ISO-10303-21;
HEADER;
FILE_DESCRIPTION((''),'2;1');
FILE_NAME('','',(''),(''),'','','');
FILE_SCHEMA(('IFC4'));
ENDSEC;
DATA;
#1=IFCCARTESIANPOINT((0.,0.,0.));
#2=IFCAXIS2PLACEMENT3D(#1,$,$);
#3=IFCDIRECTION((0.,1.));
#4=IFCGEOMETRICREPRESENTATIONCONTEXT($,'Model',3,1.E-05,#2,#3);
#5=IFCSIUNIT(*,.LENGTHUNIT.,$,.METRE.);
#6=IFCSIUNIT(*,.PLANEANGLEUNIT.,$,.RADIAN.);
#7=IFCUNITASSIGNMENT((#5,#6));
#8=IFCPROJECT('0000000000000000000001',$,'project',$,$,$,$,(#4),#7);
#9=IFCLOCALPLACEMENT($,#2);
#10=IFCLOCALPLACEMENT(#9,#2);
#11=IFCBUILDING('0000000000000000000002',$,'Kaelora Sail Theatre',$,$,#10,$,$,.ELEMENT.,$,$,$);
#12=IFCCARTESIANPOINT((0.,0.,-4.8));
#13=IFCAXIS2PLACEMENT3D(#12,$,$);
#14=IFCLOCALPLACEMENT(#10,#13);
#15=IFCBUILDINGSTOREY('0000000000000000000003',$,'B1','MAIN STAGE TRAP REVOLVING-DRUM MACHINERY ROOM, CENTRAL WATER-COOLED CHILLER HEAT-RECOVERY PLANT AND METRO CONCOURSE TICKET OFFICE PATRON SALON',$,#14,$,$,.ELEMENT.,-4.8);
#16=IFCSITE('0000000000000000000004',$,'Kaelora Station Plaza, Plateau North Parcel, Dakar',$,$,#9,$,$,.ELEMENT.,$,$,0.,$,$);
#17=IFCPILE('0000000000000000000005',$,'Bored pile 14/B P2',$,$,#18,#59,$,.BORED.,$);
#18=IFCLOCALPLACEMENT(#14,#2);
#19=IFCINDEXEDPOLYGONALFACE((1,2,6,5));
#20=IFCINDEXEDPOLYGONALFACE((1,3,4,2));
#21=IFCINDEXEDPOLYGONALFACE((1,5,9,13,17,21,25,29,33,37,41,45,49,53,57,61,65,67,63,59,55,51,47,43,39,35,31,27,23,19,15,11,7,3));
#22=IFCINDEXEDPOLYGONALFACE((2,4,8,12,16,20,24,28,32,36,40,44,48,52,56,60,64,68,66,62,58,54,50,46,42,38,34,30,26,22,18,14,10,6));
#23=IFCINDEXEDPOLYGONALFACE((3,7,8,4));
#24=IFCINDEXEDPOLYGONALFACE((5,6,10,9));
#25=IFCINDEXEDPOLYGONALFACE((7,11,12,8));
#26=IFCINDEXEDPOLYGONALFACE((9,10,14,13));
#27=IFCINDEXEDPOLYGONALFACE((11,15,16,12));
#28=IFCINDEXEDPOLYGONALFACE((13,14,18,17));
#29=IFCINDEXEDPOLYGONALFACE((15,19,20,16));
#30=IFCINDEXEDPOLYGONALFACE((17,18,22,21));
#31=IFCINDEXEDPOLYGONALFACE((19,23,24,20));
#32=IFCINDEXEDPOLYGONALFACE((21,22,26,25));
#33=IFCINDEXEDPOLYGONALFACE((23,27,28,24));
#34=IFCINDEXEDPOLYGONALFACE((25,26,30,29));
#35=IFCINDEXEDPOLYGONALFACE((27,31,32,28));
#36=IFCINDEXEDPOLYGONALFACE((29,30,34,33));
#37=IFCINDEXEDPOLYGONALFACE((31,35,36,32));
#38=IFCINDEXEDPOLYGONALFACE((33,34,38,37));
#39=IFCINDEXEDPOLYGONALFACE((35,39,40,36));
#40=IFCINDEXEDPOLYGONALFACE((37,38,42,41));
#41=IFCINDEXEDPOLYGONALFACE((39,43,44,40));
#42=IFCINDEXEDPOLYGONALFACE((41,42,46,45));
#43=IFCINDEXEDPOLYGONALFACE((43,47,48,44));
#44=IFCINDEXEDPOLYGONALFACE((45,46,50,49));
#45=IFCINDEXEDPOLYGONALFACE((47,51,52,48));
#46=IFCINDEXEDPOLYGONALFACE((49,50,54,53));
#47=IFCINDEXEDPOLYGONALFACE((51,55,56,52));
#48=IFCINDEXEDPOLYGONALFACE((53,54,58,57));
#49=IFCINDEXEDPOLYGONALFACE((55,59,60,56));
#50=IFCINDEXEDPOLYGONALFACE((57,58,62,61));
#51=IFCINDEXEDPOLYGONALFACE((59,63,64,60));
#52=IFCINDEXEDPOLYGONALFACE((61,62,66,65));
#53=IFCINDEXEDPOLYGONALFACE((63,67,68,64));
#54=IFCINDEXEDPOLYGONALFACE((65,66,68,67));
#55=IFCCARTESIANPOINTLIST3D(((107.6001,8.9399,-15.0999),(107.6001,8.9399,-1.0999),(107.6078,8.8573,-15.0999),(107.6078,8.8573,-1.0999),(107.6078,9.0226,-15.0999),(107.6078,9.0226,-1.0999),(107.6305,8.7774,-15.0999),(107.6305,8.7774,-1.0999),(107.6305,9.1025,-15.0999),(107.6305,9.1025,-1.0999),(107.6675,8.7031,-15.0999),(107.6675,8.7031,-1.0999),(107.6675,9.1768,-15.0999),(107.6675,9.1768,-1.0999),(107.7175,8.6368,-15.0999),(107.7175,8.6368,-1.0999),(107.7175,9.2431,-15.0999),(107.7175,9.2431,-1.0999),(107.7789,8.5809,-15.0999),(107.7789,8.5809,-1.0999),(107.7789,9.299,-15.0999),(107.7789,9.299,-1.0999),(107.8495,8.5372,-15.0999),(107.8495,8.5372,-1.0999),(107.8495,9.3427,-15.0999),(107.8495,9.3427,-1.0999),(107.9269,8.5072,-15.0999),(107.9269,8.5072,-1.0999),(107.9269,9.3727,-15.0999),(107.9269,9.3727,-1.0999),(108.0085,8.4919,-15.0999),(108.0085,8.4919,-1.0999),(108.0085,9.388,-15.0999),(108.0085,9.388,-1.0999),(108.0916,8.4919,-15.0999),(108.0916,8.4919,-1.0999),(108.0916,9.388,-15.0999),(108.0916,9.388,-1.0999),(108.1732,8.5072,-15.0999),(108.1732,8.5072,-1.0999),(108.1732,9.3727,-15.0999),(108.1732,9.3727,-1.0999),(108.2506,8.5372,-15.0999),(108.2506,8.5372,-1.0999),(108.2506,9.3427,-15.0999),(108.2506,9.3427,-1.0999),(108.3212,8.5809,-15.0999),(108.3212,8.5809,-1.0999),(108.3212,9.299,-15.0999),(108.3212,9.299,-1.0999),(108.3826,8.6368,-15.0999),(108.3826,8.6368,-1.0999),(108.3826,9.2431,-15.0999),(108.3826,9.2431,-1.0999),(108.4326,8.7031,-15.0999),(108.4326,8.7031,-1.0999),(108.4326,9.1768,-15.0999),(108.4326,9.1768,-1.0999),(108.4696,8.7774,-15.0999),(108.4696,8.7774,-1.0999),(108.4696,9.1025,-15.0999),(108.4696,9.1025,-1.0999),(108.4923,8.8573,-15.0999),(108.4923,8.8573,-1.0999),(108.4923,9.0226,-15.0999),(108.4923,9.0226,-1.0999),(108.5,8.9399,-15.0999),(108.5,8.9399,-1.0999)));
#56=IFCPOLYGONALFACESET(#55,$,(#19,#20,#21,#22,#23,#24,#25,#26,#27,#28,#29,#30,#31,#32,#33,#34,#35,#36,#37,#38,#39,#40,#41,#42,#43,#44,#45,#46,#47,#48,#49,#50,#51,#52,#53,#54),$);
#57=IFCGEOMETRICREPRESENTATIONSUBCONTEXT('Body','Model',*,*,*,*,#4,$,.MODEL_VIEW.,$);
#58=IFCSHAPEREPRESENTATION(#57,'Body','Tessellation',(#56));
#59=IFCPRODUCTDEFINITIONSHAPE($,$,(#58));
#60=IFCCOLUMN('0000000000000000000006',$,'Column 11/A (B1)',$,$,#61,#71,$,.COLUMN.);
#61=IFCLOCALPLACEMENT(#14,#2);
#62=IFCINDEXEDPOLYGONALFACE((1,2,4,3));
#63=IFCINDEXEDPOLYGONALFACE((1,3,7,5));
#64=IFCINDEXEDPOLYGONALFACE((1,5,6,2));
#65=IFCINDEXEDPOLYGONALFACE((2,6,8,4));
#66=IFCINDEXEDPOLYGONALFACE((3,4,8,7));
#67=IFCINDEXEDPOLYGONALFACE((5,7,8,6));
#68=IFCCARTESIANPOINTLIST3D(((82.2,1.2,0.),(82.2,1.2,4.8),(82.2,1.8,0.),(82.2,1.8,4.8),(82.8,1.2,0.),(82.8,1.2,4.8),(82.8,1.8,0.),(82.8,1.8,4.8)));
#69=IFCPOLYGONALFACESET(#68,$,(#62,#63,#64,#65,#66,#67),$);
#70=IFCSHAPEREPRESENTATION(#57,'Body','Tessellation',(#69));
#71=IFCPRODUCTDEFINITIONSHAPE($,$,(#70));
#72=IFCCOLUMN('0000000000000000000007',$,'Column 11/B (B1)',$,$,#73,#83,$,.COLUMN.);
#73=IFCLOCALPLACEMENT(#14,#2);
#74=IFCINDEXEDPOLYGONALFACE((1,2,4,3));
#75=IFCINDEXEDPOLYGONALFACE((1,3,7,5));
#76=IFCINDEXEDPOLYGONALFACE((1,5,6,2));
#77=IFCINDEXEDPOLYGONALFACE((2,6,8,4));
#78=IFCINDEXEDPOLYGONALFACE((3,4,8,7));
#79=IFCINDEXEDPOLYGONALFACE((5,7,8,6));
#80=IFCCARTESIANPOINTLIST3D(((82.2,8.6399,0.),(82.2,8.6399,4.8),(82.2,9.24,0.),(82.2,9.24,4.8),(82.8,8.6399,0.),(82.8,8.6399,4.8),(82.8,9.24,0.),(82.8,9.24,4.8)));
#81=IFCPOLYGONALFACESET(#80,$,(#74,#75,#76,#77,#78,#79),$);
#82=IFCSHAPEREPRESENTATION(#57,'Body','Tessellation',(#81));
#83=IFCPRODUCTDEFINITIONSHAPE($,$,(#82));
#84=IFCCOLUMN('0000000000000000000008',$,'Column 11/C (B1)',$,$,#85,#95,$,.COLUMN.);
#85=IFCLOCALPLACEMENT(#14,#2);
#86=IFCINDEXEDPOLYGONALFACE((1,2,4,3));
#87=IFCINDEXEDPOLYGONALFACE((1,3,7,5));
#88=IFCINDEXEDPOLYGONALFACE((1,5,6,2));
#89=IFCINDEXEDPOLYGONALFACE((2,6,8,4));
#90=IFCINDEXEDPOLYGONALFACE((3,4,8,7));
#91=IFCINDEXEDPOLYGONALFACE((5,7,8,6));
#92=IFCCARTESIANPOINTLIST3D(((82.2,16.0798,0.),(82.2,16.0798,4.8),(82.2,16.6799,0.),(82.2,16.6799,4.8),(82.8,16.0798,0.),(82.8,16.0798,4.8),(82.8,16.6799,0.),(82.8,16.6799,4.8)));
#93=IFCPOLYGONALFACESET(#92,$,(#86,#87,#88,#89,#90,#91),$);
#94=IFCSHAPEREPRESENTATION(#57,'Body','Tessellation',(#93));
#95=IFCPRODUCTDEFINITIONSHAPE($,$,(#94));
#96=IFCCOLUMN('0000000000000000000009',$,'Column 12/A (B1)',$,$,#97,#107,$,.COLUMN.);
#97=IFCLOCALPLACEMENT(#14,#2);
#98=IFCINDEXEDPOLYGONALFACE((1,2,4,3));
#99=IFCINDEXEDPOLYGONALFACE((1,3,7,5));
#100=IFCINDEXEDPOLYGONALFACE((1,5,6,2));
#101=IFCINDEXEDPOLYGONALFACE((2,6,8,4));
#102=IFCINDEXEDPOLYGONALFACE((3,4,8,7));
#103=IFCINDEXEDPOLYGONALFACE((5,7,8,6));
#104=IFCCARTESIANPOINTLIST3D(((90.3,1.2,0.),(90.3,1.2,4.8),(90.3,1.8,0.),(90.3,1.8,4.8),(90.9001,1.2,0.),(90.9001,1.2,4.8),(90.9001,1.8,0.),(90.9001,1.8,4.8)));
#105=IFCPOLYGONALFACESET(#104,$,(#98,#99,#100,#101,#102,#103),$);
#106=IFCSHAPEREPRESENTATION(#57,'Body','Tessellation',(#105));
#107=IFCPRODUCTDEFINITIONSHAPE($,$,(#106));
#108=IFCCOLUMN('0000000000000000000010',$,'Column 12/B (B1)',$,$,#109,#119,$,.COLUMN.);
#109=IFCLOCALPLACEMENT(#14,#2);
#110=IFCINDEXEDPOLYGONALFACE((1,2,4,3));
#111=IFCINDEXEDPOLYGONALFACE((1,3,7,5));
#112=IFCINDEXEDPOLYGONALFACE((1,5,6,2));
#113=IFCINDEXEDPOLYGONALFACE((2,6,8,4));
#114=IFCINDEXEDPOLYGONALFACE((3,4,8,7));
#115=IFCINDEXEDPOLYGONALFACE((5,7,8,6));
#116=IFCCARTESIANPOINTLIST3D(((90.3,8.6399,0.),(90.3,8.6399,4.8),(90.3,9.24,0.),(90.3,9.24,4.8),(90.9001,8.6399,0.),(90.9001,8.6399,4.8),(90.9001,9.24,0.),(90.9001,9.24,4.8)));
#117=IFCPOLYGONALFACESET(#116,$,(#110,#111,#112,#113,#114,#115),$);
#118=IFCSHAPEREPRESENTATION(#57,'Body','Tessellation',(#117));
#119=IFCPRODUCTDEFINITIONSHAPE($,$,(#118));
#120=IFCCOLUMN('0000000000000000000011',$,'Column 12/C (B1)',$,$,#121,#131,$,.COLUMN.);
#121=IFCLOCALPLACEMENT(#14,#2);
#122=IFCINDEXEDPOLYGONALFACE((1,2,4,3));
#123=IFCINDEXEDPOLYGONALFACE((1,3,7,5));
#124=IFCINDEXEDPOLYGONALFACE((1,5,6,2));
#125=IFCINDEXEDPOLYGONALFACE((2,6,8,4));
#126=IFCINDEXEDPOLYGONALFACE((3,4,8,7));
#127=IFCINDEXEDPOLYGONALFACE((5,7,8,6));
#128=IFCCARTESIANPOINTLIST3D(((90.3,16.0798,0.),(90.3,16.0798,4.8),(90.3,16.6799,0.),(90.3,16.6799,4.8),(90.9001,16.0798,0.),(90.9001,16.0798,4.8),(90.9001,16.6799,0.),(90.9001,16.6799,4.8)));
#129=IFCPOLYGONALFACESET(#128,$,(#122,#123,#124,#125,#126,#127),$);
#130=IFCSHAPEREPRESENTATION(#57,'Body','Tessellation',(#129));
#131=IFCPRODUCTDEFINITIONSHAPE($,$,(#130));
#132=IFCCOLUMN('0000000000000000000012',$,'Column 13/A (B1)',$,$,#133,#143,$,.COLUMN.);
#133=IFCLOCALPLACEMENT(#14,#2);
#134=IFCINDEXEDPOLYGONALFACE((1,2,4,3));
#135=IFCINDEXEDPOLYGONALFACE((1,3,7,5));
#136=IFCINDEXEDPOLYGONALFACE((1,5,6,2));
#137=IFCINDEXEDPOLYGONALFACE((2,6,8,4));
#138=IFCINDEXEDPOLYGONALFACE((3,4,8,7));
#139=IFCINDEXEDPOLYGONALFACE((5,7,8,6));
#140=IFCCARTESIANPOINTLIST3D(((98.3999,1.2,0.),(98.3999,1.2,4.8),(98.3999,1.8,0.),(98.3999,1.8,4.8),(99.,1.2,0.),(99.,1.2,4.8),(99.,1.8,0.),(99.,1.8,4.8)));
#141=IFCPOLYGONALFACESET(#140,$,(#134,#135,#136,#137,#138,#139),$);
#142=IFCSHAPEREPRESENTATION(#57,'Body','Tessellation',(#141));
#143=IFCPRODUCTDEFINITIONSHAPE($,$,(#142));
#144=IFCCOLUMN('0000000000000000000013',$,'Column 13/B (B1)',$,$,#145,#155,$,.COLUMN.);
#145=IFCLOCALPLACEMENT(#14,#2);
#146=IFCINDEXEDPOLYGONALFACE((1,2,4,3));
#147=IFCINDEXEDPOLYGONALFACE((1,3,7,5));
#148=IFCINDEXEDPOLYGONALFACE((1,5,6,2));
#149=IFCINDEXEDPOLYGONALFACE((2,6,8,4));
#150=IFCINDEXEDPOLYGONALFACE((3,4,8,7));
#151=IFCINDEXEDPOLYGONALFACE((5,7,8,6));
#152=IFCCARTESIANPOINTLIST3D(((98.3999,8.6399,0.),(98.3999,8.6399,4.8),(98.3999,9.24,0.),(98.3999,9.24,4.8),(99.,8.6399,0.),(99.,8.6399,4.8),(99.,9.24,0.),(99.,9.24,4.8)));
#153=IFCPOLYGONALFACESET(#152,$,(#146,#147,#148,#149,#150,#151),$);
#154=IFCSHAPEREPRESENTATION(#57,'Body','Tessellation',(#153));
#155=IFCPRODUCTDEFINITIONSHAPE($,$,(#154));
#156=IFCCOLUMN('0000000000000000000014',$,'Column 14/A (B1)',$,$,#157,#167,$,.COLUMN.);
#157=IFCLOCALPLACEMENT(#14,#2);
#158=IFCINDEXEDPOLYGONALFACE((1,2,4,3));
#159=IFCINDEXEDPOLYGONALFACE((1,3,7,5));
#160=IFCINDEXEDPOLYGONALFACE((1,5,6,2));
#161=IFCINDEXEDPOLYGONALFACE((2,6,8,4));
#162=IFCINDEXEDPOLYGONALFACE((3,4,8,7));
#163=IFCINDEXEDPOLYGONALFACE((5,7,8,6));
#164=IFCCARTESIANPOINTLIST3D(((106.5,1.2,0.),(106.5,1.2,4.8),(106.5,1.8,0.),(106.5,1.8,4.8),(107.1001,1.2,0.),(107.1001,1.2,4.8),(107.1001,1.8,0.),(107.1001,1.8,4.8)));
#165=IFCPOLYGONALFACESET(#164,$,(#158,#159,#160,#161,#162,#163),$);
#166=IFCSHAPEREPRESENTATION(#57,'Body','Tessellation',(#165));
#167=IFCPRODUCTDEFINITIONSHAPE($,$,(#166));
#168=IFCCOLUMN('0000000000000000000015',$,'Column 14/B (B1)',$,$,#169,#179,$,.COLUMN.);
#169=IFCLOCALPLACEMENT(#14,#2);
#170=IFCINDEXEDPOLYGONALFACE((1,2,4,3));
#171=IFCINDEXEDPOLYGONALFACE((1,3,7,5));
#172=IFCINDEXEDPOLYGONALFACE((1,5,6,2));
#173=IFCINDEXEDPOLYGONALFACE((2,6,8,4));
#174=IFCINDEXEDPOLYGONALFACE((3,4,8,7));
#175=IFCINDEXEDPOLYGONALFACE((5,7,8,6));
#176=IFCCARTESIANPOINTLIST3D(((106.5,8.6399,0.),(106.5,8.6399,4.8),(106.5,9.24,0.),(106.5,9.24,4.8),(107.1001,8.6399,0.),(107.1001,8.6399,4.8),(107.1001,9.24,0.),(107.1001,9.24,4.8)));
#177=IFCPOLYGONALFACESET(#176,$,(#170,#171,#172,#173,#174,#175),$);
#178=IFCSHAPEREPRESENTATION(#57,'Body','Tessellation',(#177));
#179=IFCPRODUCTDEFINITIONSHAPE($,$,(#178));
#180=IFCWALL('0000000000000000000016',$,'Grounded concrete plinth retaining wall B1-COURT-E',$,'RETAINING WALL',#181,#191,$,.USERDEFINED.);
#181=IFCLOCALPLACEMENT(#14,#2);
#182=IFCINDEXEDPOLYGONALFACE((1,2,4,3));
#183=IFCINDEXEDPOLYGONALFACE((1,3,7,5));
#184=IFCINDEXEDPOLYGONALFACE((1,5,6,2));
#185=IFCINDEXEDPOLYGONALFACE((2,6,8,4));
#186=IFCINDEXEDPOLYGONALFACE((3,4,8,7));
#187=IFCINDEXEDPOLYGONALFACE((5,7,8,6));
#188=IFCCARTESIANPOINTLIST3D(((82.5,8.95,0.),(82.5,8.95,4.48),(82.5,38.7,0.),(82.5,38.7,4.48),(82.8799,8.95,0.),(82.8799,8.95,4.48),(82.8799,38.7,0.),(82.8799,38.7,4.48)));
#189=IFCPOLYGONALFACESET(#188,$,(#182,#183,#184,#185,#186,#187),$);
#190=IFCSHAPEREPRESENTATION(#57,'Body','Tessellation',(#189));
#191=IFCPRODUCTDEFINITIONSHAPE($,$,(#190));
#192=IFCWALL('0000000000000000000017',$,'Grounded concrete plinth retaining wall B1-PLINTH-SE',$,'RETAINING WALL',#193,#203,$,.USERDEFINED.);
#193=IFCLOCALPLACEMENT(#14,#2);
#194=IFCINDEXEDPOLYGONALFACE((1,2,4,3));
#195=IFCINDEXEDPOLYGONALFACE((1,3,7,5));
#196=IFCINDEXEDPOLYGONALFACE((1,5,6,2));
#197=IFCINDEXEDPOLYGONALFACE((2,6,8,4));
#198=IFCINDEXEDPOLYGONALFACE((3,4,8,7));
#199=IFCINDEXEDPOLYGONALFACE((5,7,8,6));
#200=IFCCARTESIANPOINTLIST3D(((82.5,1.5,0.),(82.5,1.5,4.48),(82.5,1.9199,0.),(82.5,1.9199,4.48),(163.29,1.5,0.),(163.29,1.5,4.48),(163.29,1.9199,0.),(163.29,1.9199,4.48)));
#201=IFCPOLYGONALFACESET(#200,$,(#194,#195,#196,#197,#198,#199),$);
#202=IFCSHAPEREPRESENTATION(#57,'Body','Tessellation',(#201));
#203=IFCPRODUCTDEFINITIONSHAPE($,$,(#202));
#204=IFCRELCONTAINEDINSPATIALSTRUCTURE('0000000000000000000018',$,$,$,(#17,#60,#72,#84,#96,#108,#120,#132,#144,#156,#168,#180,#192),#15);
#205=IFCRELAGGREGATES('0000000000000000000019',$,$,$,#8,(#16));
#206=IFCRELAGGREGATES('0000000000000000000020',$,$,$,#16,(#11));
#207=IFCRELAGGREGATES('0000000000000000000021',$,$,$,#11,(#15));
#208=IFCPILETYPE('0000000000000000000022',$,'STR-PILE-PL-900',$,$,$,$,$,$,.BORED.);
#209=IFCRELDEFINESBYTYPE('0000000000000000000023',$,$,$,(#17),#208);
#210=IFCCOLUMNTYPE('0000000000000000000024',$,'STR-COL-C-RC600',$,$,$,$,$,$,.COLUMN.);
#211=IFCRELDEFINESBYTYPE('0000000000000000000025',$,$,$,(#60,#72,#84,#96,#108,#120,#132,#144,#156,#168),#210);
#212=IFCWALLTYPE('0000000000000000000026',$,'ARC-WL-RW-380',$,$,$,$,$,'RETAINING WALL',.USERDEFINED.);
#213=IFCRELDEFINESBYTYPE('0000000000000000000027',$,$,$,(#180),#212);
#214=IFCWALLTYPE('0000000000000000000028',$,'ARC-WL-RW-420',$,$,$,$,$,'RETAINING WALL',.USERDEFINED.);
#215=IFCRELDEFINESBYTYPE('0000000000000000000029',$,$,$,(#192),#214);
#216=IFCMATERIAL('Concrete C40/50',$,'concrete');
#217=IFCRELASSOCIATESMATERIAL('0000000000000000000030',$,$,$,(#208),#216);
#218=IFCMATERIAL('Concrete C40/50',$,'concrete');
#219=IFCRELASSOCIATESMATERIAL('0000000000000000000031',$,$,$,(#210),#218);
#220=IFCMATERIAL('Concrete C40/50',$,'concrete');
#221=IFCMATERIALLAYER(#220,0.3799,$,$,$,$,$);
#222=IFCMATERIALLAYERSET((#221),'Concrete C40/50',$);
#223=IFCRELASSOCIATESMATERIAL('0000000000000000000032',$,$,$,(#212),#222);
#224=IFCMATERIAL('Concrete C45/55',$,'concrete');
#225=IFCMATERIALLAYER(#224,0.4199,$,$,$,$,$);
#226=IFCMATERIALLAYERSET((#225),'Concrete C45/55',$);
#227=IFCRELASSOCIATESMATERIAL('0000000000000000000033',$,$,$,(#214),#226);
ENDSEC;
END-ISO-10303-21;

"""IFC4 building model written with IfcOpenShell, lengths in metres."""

from ifc_helpers import new_model, si_unit, direction, frame, frame_2d, origin, origin_2d, place, context, subcontext, project, spatial, rectangle, circle, extrude, material, layer, layer_set, material_profile, profile_set, type_object, element, save


model = new_model("IFC4")

# Units and contexts
model_context = context("Model", 3, precision=1e-05, world=origin(), true_north=direction((0.0, 1.0)))
body_context = subcontext(model_context, "Body", "Model", "MODEL_VIEW")
ifc_project = project(units=[si_unit("LENGTHUNIT", "METRE"), si_unit("PLANEANGLEUNIT", "RADIAN")], contexts=[model_context])

# Site, building, storey
site_placement = place(None, origin())
site = spatial("IfcSite", under=ifc_project, at=site_placement, Name="Kaelora Station Plaza, Plateau North Parcel, Dakar", CompositionType="ELEMENT", RefElevation=0.0)
building_placement = place(site_placement, origin())
building = spatial("IfcBuilding", under=site, at=building_placement, Name="Kaelora Sail Theatre", CompositionType="ELEMENT")
storey_placement = place(building_placement, frame((0.0, 0.0, -4.8)))
storey = spatial("IfcBuildingStorey", under=building, at=storey_placement, Name="B1", Description="MAIN STAGE TRAP REVOLVING-DRUM MACHINERY ROOM, CENTRAL WATER-COOLED CHILLER HEAT-RECOVERY PLANT AND METRO CONCOURSE TICKET OFFICE PATRON SALON", CompositionType="ELEMENT", Elevation=-4.8)

# Pile
ifc_material_1 = material(Name="Concrete C40/50", Category="concrete")
ifc_material_profile_1 = material_profile(ifc_material_1, circle(Radius=0.45, at=origin_2d()), Name="PILE D900")
ifc_profile_set_1 = profile_set([ifc_material_profile_1], Name="Concrete C40/50")
pile_type = type_object("IfcPileType", Name="STR-PILE-PL-900", PredefinedType="BORED", material=ifc_profile_set_1)
for number, where, z_axis, x_axis, name in (
    (1, (108.05, 8.9399, -1.0999), (0.0, 0.0, -1.0), (1.0, 0.0, 0.0), "Bored pile 14/B P2"),
):
    element("IfcPile", number, at=place(storey_placement, frame(where, z_axis=z_axis, x_axis=x_axis)), inside=storey, type_object=pile_type, Name=name, PredefinedType="BORED", context=body_context, shape_type="SweptSolid", body=[
        extrude(circle(Radius=0.45, at=origin_2d()), origin(), (0.0, 0.0, 1.0), 14.0),
    ])

# Columns
ifc_material_2 = material(Name="Concrete C40/50", Category="concrete")
ifc_material_profile_2 = material_profile(ifc_material_2, rectangle(XDim=0.6001, YDim=0.6001, at=origin_2d()), Name="RC-COL 600x600")
ifc_profile_set_2 = profile_set([ifc_material_profile_2], Name="Concrete C40/50")
column_type = type_object("IfcColumnType", Name="STR-COL-C-RC600", PredefinedType="COLUMN", material=ifc_profile_set_2)
for number, where, z_axis, x_axis, name in (
    (2, (82.5, 1.5, 0.0), (0.0, 0.0, 1.0), (1.0, 0.0, 0.0), "Column 11/A (B1)"),
    (3, (82.5, 8.9399, 0.0), (0.0, 0.0, 1.0), (1.0, 0.0, 0.0), "Column 11/B (B1)"),
    (4, (82.5, 16.3799, 0.0), (0.0, 0.0, 1.0), (1.0, 0.0, 0.0), "Column 11/C (B1)"),
    (5, (90.6001, 1.5, 0.0), (0.0, 0.0, 1.0), (1.0, 0.0, 0.0), "Column 12/A (B1)"),
    (6, (90.6001, 8.9399, 0.0), (0.0, 0.0, 1.0), (1.0, 0.0, 0.0), "Column 12/B (B1)"),
    (7, (90.6001, 16.3799, 0.0), (0.0, 0.0, 1.0), (1.0, 0.0, 0.0), "Column 12/C (B1)"),
    (8, (98.7, 1.5, 0.0), (0.0, 0.0, 1.0), (1.0, 0.0, 0.0), "Column 13/A (B1)"),
    (9, (98.7, 8.9399, 0.0), (0.0, 0.0, 1.0), (1.0, 0.0, 0.0), "Column 13/B (B1)"),
    (10, (106.8, 1.5, 0.0), (0.0, 0.0, 1.0), (1.0, 0.0, 0.0), "Column 14/A (B1)"),
    (11, (106.8, 8.9399, 0.0), (0.0, 0.0, 1.0), (1.0, 0.0, 0.0), "Column 14/B (B1)"),
):
    element("IfcColumn", number, at=place(storey_placement, frame(where, z_axis=z_axis, x_axis=x_axis)), inside=storey, type_object=column_type, Name=name, PredefinedType="COLUMN", context=body_context, shape_type="SweptSolid", body=[
        extrude(rectangle(XDim=0.6001, YDim=0.6001, at=origin_2d()), origin(), (0.0, 0.0, 1.0), 4.8),
    ])

# Walls
ifc_material_3 = material(Name="Concrete C40/50", Category="concrete")
ifc_layer_1 = layer(ifc_material_3, 0.3799)
ifc_layer_set_1 = layer_set([ifc_layer_1], Name="Concrete C40/50")
wall_type_1 = type_object("IfcWallType", Name="ARC-WL-RW-380", ElementType="RETAINING WALL", PredefinedType="USERDEFINED", material=ifc_layer_set_1)
wall_1_placement = place(storey_placement, frame((82.6899, 8.95, 0.0), z_axis=(0.0, 0.0, 1.0), x_axis=(0.0, 1.0, 0.0)))
element("IfcWall", 12, at=wall_1_placement, inside=storey, type_object=wall_type_1, Name="Grounded concrete plinth retaining wall B1-COURT-E", ObjectType="RETAINING WALL", PredefinedType="USERDEFINED", context=body_context, shape_type="SweptSolid", body=[
    extrude(rectangle(XDim=29.75, YDim=0.3799, at=frame_2d((14.875, 0.0))), origin(), (0.0, 0.0, 1.0), 4.48),
])
ifc_material_4 = material(Name="Concrete C45/55", Category="concrete")
ifc_layer_2 = layer(ifc_material_4, 0.4199)
ifc_layer_set_2 = layer_set([ifc_layer_2], Name="Concrete C45/55")
wall_type_2 = type_object("IfcWallType", Name="ARC-WL-RW-420", ElementType="RETAINING WALL", PredefinedType="USERDEFINED", material=ifc_layer_set_2)
wall_2_placement = place(storey_placement, frame((82.5, 1.71, 0.0), z_axis=(0.0, 0.0, 1.0), x_axis=(1.0, 0.0, 0.0)))
element("IfcWall", 13, at=wall_2_placement, inside=storey, type_object=wall_type_2, Name="Grounded concrete plinth retaining wall B1-PLINTH-SE", ObjectType="RETAINING WALL", PredefinedType="USERDEFINED", context=body_context, shape_type="SweptSolid", body=[
    extrude(rectangle(XDim=80.79, YDim=0.4199, at=frame_2d((40.395, 0.0))), origin(), (0.0, 0.0, 1.0), 4.48),
])

save(model, "model.ifc")
